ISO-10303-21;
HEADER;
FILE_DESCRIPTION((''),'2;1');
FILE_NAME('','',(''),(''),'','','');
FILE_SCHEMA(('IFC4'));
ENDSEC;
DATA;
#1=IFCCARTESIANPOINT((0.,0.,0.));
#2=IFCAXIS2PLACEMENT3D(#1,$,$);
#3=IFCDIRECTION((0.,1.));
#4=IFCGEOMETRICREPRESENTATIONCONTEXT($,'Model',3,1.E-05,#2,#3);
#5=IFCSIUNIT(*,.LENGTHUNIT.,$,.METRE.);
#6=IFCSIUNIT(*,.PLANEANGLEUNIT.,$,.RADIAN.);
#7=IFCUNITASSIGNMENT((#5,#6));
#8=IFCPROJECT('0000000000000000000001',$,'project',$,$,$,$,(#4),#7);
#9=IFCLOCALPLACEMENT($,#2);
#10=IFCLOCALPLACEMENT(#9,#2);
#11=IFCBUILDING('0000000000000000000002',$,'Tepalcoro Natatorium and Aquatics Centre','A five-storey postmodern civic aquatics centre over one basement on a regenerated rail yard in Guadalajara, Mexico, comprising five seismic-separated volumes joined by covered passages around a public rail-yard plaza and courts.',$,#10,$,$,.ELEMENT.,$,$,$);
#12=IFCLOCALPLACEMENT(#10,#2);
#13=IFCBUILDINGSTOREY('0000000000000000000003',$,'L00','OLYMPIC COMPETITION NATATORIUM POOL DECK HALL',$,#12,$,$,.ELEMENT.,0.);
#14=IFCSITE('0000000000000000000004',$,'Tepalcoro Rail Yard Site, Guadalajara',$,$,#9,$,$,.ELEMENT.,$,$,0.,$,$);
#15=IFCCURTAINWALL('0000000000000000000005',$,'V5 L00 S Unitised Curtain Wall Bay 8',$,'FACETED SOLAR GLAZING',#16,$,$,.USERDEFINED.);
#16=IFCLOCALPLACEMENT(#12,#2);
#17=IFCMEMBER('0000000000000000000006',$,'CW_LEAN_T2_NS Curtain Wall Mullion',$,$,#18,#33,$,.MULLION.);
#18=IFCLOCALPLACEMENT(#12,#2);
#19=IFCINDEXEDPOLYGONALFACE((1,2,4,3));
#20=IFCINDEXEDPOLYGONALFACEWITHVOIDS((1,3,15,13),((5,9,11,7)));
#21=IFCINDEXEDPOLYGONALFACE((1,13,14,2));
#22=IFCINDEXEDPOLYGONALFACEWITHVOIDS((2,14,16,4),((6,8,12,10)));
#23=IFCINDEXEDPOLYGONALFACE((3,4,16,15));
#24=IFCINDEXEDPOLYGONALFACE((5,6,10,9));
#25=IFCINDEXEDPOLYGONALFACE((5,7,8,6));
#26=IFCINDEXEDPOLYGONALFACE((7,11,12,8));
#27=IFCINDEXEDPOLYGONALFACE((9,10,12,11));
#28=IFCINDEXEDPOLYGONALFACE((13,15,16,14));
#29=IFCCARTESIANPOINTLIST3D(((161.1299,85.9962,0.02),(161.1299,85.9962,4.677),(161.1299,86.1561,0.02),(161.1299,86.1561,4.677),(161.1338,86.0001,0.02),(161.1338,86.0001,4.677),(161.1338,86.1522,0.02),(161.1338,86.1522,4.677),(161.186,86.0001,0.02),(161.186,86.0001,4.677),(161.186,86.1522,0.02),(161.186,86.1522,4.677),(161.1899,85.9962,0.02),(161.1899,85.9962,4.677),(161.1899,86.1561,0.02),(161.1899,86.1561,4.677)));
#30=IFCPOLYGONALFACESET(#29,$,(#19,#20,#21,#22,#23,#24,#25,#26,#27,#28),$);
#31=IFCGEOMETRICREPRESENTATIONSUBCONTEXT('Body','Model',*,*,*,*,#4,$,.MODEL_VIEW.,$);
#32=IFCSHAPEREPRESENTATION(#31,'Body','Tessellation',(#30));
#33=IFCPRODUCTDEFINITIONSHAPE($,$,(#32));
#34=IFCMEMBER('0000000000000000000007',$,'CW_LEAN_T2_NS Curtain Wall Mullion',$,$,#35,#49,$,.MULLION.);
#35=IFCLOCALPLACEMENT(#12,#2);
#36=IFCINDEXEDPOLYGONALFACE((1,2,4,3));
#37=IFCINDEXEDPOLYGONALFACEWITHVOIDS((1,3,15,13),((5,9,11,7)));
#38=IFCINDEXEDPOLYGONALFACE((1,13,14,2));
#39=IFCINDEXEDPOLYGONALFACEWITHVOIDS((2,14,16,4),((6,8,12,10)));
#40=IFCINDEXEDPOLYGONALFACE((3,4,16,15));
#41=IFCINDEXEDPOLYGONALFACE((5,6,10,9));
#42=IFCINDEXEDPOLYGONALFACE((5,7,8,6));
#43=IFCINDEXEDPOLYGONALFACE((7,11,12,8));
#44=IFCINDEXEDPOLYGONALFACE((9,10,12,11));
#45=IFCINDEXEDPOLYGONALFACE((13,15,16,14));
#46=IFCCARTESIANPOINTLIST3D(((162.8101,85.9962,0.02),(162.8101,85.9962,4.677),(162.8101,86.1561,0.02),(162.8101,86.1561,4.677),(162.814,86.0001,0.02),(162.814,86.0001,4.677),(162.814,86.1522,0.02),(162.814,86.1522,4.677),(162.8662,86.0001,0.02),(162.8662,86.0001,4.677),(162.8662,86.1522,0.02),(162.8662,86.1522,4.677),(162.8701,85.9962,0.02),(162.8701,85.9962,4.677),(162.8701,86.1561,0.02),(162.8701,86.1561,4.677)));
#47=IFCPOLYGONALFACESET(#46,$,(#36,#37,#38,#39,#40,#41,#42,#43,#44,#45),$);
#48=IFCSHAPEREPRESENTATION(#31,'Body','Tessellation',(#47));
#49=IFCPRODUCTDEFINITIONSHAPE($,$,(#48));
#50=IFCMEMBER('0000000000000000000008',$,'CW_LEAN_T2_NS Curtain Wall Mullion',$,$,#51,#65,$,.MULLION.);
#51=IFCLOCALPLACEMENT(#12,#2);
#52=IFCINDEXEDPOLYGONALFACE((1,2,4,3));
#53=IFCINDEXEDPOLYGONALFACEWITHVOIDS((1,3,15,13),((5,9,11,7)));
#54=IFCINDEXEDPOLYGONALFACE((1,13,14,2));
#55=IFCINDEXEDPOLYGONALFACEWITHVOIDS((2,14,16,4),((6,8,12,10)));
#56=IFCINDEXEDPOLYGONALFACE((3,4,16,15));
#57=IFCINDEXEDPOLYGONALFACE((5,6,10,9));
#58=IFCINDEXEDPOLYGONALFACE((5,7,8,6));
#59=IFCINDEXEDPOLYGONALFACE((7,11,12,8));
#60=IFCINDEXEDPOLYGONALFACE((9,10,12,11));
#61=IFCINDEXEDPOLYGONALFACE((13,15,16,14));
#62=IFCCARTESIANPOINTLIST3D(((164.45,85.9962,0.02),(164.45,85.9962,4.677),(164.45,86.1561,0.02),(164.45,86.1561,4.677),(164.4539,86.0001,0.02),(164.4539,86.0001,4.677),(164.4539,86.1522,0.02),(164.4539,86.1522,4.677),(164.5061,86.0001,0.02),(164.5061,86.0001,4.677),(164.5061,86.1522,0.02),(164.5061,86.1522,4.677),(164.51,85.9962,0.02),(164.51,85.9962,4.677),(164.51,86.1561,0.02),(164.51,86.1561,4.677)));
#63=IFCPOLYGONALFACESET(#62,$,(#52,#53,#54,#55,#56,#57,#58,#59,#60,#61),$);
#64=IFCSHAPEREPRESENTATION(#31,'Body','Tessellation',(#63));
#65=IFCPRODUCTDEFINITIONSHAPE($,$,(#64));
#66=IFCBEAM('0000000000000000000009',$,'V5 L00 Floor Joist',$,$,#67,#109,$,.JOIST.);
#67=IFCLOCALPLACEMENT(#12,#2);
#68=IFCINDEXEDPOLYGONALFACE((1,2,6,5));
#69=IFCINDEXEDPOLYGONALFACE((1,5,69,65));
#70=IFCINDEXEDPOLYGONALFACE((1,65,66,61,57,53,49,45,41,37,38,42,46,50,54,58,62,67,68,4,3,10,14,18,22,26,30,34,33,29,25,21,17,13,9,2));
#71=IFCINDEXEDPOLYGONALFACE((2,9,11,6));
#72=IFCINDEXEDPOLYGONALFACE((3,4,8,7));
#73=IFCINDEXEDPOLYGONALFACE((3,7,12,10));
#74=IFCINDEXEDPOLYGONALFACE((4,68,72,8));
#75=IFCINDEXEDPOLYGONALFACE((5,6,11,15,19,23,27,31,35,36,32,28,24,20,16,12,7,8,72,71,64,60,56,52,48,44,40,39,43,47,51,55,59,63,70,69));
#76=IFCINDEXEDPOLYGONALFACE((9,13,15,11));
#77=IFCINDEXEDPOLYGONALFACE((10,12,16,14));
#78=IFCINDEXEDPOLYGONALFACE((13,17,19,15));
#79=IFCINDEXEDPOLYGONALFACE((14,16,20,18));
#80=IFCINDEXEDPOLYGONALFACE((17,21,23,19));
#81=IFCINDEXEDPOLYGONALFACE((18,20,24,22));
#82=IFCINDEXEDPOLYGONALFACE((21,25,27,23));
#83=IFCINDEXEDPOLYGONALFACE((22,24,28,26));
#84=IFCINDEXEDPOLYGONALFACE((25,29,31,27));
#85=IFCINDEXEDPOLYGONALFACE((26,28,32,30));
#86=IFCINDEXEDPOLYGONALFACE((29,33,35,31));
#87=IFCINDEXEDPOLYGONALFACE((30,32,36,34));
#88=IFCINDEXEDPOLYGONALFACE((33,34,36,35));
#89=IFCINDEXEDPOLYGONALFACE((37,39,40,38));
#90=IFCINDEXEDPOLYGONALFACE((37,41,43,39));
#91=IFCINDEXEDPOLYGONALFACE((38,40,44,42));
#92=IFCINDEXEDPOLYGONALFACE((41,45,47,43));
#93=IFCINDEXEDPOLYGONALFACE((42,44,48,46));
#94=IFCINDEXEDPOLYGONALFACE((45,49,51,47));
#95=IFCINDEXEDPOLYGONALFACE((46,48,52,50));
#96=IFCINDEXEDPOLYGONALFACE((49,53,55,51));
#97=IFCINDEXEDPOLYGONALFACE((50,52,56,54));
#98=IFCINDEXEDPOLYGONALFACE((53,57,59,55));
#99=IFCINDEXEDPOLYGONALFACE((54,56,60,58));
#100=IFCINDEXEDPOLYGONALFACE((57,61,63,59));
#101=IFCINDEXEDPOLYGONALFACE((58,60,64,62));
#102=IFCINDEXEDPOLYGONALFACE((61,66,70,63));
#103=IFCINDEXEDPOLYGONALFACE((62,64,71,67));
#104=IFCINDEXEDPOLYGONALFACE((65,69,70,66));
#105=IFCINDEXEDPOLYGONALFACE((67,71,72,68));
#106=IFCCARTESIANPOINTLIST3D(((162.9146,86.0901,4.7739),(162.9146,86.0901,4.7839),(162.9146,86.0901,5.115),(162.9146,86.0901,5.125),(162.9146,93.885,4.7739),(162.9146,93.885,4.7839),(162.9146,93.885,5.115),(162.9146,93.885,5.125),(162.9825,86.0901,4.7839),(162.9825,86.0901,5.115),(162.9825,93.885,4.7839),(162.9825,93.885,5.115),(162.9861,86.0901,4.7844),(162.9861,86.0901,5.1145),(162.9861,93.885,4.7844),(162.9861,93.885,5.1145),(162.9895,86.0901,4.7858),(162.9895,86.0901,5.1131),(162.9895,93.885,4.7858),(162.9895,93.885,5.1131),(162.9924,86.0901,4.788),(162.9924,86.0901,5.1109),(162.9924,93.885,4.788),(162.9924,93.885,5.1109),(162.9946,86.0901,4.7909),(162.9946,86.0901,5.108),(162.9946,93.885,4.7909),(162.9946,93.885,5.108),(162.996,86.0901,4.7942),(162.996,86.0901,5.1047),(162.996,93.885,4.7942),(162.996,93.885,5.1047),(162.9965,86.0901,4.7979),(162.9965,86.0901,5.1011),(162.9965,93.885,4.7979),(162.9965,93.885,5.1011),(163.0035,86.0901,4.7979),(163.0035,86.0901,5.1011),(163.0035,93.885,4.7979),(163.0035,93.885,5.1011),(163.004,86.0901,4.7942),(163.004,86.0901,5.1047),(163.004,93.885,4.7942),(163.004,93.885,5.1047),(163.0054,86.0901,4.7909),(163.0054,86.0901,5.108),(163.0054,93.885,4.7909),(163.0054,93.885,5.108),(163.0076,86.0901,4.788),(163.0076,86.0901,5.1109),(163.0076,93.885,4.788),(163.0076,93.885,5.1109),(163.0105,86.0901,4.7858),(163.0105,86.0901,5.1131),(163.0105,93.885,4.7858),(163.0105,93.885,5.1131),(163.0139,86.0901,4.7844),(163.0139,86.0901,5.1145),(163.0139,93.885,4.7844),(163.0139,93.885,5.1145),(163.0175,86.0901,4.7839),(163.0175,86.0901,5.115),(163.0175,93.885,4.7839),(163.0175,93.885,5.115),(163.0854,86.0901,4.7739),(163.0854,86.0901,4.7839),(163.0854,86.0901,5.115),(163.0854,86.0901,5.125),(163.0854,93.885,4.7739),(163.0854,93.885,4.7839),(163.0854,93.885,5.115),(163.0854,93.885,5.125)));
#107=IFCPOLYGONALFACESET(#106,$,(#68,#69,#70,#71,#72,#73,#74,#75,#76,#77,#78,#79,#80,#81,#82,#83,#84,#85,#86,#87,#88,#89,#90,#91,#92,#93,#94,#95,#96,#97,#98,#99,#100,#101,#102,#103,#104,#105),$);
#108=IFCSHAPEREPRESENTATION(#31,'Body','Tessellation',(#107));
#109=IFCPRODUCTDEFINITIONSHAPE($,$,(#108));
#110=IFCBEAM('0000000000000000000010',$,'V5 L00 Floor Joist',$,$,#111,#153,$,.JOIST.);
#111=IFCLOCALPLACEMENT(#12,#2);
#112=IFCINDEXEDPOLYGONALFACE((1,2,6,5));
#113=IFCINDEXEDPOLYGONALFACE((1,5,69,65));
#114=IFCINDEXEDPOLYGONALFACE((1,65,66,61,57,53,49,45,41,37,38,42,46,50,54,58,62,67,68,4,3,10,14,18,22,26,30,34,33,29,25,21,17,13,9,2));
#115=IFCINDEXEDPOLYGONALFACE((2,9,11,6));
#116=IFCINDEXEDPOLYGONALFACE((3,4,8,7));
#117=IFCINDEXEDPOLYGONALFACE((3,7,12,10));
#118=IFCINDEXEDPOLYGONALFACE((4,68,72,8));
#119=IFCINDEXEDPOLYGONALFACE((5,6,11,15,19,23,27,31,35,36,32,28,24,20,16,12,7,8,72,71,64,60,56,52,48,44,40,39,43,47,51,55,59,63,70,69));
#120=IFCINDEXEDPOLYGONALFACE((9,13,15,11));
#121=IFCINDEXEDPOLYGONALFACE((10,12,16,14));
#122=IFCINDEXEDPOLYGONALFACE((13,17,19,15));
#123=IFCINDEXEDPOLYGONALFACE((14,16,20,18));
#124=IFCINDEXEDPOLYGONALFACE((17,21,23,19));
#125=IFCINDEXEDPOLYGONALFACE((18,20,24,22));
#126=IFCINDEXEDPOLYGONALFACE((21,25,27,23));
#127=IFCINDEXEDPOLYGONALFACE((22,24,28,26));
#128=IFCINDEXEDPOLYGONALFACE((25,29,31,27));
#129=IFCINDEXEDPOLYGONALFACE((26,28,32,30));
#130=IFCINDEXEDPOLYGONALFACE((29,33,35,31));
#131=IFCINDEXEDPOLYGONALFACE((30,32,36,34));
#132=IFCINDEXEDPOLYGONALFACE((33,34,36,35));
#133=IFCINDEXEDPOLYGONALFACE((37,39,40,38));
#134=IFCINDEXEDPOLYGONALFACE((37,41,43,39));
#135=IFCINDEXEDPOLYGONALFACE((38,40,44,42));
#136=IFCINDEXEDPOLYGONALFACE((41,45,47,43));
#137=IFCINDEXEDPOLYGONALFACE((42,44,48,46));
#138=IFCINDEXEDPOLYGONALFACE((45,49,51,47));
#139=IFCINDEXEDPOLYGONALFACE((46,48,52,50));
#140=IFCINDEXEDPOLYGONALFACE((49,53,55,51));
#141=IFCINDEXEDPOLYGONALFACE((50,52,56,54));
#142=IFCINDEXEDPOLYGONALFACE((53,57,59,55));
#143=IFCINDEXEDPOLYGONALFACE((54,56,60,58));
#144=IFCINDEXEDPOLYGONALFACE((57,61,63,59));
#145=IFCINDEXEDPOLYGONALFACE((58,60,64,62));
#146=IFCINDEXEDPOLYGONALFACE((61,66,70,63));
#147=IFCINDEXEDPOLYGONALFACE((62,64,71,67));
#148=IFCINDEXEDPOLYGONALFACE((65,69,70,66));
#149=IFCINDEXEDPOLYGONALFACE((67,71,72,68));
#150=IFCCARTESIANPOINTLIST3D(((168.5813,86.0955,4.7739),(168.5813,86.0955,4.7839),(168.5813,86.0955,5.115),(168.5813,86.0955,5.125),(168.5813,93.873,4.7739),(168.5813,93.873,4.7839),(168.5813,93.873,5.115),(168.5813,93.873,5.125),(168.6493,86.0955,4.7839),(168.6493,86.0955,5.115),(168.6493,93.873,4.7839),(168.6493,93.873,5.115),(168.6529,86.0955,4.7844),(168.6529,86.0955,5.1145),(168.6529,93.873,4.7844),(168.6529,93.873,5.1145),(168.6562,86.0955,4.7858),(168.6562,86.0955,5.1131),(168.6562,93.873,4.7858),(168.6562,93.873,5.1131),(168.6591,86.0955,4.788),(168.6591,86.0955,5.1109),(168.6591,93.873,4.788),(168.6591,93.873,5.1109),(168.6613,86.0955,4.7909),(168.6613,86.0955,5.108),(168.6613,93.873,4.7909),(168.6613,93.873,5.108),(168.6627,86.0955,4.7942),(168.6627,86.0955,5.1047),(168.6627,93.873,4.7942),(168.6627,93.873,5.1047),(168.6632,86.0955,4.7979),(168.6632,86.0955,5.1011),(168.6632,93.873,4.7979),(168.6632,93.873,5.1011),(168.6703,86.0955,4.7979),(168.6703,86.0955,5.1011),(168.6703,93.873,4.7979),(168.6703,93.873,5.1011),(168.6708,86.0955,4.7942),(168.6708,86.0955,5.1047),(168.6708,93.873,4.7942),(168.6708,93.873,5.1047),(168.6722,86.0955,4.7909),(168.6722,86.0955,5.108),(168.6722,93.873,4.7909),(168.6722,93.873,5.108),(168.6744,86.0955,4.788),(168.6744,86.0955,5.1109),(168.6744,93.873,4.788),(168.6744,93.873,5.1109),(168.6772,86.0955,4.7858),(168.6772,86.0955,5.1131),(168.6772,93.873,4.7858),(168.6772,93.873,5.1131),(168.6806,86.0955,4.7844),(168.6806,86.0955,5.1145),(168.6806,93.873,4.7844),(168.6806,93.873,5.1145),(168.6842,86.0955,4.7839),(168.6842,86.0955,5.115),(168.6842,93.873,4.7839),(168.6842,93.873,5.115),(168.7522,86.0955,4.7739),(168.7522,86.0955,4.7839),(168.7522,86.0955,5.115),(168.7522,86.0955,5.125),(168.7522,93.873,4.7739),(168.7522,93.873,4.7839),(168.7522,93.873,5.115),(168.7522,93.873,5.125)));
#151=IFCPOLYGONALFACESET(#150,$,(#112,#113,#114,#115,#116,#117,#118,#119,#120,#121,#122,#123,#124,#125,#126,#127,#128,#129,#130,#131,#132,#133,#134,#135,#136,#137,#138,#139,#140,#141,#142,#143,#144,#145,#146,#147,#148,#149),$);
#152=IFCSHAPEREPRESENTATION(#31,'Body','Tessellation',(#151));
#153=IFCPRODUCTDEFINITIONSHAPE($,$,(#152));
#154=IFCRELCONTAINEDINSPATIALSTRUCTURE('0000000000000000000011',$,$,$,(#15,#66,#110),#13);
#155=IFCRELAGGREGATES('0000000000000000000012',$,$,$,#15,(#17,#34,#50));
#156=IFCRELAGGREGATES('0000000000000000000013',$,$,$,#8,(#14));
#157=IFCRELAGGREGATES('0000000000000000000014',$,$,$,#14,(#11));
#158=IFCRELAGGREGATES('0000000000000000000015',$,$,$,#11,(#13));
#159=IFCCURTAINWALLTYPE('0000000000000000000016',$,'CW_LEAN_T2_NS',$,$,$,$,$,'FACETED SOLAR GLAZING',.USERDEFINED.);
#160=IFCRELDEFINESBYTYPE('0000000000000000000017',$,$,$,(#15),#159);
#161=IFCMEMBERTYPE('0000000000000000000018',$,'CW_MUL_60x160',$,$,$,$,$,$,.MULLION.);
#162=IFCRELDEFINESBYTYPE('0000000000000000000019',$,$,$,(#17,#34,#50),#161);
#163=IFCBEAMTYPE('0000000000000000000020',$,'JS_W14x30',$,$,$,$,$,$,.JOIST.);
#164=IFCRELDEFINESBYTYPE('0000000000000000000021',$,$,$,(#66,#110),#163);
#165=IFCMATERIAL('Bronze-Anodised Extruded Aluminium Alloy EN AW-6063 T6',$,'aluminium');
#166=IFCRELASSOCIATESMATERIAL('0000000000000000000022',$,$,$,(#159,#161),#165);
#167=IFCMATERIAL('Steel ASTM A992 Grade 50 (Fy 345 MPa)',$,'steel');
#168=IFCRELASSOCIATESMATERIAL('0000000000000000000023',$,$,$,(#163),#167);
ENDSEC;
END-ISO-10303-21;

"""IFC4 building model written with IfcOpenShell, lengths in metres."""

from ifc_helpers import new_model, si_unit, direction, frame, origin, origin_2d, place, context, subcontext, project, spatial, hollow_rectangle, i_section, extrude, material, material_profile, profile_set, type_object, element, aggregate, save


model = new_model("IFC4")

# Units and contexts
model_context = context("Model", 3, precision=1e-05, world=origin(), true_north=direction((0.0, 1.0)))
body_context = subcontext(model_context, "Body", "Model", "MODEL_VIEW")
ifc_project = project(units=[si_unit("LENGTHUNIT", "METRE"), si_unit("PLANEANGLEUNIT", "RADIAN")], contexts=[model_context])

# Site, building, storey
site_placement = place(None, origin())
site = spatial("IfcSite", under=ifc_project, at=site_placement, Name="Tepalcoro Rail Yard Site, Guadalajara", CompositionType="ELEMENT", RefElevation=0.0)
building_placement = place(site_placement, origin())
building = spatial("IfcBuilding", under=site, at=building_placement, Name="Tepalcoro Natatorium and Aquatics Centre", Description="A five-storey postmodern civic aquatics centre over one basement on a regenerated rail yard in Guadalajara, Mexico, comprising five seismic-separated volumes joined by covered passages around a public rail-yard plaza and courts.", CompositionType="ELEMENT")
storey_placement = place(building_placement, origin())
storey = spatial("IfcBuildingStorey", under=building, at=storey_placement, Name="L00", Description="OLYMPIC COMPETITION NATATORIUM POOL DECK HALL", CompositionType="ELEMENT", Elevation=0.0)

# Shared definitions
ifc_material_1 = material(Name="Steel ASTM A992 Grade 50 (Fy 345 MPa)", Category="steel")

# Curtain wall, members
ifc_material_2 = material(Name="Bronze-Anodised Extruded Aluminium Alloy EN AW-6063 T6", Category="aluminium")
curtain_wall_type = type_object("IfcCurtainWallType", Name="CW_LEAN_T2_NS", ElementType="FACETED SOLAR GLAZING", PredefinedType="USERDEFINED", material=ifc_material_2)
curtain_wall_placement = place(storey_placement, origin())
curtain_wall = element("IfcCurtainWall", 1, at=curtain_wall_placement, inside=storey, type_object=curtain_wall_type, Name="V5 L00 S Unitised Curtain Wall Bay 8", ObjectType="FACETED SOLAR GLAZING", PredefinedType="USERDEFINED")
ifc_material_profile_1 = material_profile(ifc_material_2, hollow_rectangle(XDim=0.0601, YDim=0.1599, WallThickness=0.0039, at=origin_2d()), Name="AL60X160X4")
ifc_profile_set_1 = profile_set([ifc_material_profile_1], Name="Bronze-Anodised Extruded Aluminium Alloy EN AW-6063 T6")
member_type_1 = type_object("IfcMemberType", Name="CW_MUL_60x160", PredefinedType="MULLION", material=ifc_profile_set_1)
member_1_placement = place(storey_placement, frame((161.1599, 86.0762, 0.02), z_axis=(0.0, 0.0, 1.0), x_axis=(1.0, 0.0, 0.0)))
member_1 = element("IfcMember", 2, at=member_1_placement, type_object=member_type_1, Name="CW_LEAN_T2_NS Curtain Wall Mullion", PredefinedType="MULLION", context=body_context, shape_type="SweptSolid", body=[
    extrude(hollow_rectangle(XDim=0.0601, YDim=0.1599, WallThickness=0.0039, at=origin_2d()), origin(), (0.0, 0.0, 1.0), 4.657),
])
member_2_placement = place(storey_placement, frame((162.8401, 86.0762, 0.02), z_axis=(0.0, 0.0, 1.0), x_axis=(1.0, 0.0, 0.0)))
member_2 = element("IfcMember", 3, at=member_2_placement, type_object=member_type_1, Name="CW_LEAN_T2_NS Curtain Wall Mullion", PredefinedType="MULLION", context=body_context, shape_type="SweptSolid", body=[
    extrude(hollow_rectangle(XDim=0.0601, YDim=0.1599, WallThickness=0.0039, at=origin_2d()), origin(), (0.0, 0.0, 1.0), 4.657),
])
member_3_placement = place(storey_placement, frame((164.48, 86.0762, 0.02), z_axis=(0.0, 0.0, 1.0), x_axis=(1.0, 0.0, 0.0)))
member_3 = element("IfcMember", 4, at=member_3_placement, type_object=member_type_1, Name="CW_LEAN_T2_NS Curtain Wall Mullion", PredefinedType="MULLION", context=body_context, shape_type="SweptSolid", body=[
    extrude(hollow_rectangle(XDim=0.0601, YDim=0.1599, WallThickness=0.0039, at=origin_2d()), origin(), (0.0, 0.0, 1.0), 4.657),
])

# Beams
ifc_material_profile_2 = material_profile(ifc_material_1, i_section(OverallWidth=0.1709, OverallDepth=0.3511, WebThickness=0.0071, FlangeThickness=0.01, FilletRadius=0.0139, at=origin_2d()), Name="W14X30")
ifc_profile_set_2 = profile_set([ifc_material_profile_2], Name="Steel ASTM A992 Grade 50 (Fy 345 MPa)")
beam_type_1 = type_object("IfcBeamType", Name="JS_W14x30", PredefinedType="JOIST", material=ifc_profile_set_2)
beam_1_placement = place(storey_placement, frame((163.0, 86.0901, 4.9495), z_axis=(0.0, 1.0, 0.0), x_axis=(-1.0, 0.0, 0.0)))
element("IfcBeam", 5, at=beam_1_placement, inside=storey, type_object=beam_type_1, Name="V5 L00 Floor Joist", PredefinedType="JOIST", context=body_context, shape_type="SweptSolid", body=[
    extrude(i_section(OverallWidth=0.1709, OverallDepth=0.3511, WebThickness=0.0071, FlangeThickness=0.01, FilletRadius=0.0139, at=origin_2d()), origin(), (0.0, 0.0, 1.0), 7.7949),
])
beam_2_placement = place(storey_placement, frame((168.6667, 86.0955, 4.9495), z_axis=(0.0, 1.0, 0.0), x_axis=(-1.0, 0.0, 0.0)))
element("IfcBeam", 6, at=beam_2_placement, inside=storey, type_object=beam_type_1, Name="V5 L00 Floor Joist", PredefinedType="JOIST", context=body_context, shape_type="SweptSolid", body=[
    extrude(i_section(OverallWidth=0.1709, OverallDepth=0.3511, WebThickness=0.0071, FlangeThickness=0.01, FilletRadius=0.0139, at=origin_2d()), origin(), (0.0, 0.0, 1.0), 7.7776),
])

aggregate(curtain_wall, [member_1, member_2, member_3])

save(model, "model.ifc")
